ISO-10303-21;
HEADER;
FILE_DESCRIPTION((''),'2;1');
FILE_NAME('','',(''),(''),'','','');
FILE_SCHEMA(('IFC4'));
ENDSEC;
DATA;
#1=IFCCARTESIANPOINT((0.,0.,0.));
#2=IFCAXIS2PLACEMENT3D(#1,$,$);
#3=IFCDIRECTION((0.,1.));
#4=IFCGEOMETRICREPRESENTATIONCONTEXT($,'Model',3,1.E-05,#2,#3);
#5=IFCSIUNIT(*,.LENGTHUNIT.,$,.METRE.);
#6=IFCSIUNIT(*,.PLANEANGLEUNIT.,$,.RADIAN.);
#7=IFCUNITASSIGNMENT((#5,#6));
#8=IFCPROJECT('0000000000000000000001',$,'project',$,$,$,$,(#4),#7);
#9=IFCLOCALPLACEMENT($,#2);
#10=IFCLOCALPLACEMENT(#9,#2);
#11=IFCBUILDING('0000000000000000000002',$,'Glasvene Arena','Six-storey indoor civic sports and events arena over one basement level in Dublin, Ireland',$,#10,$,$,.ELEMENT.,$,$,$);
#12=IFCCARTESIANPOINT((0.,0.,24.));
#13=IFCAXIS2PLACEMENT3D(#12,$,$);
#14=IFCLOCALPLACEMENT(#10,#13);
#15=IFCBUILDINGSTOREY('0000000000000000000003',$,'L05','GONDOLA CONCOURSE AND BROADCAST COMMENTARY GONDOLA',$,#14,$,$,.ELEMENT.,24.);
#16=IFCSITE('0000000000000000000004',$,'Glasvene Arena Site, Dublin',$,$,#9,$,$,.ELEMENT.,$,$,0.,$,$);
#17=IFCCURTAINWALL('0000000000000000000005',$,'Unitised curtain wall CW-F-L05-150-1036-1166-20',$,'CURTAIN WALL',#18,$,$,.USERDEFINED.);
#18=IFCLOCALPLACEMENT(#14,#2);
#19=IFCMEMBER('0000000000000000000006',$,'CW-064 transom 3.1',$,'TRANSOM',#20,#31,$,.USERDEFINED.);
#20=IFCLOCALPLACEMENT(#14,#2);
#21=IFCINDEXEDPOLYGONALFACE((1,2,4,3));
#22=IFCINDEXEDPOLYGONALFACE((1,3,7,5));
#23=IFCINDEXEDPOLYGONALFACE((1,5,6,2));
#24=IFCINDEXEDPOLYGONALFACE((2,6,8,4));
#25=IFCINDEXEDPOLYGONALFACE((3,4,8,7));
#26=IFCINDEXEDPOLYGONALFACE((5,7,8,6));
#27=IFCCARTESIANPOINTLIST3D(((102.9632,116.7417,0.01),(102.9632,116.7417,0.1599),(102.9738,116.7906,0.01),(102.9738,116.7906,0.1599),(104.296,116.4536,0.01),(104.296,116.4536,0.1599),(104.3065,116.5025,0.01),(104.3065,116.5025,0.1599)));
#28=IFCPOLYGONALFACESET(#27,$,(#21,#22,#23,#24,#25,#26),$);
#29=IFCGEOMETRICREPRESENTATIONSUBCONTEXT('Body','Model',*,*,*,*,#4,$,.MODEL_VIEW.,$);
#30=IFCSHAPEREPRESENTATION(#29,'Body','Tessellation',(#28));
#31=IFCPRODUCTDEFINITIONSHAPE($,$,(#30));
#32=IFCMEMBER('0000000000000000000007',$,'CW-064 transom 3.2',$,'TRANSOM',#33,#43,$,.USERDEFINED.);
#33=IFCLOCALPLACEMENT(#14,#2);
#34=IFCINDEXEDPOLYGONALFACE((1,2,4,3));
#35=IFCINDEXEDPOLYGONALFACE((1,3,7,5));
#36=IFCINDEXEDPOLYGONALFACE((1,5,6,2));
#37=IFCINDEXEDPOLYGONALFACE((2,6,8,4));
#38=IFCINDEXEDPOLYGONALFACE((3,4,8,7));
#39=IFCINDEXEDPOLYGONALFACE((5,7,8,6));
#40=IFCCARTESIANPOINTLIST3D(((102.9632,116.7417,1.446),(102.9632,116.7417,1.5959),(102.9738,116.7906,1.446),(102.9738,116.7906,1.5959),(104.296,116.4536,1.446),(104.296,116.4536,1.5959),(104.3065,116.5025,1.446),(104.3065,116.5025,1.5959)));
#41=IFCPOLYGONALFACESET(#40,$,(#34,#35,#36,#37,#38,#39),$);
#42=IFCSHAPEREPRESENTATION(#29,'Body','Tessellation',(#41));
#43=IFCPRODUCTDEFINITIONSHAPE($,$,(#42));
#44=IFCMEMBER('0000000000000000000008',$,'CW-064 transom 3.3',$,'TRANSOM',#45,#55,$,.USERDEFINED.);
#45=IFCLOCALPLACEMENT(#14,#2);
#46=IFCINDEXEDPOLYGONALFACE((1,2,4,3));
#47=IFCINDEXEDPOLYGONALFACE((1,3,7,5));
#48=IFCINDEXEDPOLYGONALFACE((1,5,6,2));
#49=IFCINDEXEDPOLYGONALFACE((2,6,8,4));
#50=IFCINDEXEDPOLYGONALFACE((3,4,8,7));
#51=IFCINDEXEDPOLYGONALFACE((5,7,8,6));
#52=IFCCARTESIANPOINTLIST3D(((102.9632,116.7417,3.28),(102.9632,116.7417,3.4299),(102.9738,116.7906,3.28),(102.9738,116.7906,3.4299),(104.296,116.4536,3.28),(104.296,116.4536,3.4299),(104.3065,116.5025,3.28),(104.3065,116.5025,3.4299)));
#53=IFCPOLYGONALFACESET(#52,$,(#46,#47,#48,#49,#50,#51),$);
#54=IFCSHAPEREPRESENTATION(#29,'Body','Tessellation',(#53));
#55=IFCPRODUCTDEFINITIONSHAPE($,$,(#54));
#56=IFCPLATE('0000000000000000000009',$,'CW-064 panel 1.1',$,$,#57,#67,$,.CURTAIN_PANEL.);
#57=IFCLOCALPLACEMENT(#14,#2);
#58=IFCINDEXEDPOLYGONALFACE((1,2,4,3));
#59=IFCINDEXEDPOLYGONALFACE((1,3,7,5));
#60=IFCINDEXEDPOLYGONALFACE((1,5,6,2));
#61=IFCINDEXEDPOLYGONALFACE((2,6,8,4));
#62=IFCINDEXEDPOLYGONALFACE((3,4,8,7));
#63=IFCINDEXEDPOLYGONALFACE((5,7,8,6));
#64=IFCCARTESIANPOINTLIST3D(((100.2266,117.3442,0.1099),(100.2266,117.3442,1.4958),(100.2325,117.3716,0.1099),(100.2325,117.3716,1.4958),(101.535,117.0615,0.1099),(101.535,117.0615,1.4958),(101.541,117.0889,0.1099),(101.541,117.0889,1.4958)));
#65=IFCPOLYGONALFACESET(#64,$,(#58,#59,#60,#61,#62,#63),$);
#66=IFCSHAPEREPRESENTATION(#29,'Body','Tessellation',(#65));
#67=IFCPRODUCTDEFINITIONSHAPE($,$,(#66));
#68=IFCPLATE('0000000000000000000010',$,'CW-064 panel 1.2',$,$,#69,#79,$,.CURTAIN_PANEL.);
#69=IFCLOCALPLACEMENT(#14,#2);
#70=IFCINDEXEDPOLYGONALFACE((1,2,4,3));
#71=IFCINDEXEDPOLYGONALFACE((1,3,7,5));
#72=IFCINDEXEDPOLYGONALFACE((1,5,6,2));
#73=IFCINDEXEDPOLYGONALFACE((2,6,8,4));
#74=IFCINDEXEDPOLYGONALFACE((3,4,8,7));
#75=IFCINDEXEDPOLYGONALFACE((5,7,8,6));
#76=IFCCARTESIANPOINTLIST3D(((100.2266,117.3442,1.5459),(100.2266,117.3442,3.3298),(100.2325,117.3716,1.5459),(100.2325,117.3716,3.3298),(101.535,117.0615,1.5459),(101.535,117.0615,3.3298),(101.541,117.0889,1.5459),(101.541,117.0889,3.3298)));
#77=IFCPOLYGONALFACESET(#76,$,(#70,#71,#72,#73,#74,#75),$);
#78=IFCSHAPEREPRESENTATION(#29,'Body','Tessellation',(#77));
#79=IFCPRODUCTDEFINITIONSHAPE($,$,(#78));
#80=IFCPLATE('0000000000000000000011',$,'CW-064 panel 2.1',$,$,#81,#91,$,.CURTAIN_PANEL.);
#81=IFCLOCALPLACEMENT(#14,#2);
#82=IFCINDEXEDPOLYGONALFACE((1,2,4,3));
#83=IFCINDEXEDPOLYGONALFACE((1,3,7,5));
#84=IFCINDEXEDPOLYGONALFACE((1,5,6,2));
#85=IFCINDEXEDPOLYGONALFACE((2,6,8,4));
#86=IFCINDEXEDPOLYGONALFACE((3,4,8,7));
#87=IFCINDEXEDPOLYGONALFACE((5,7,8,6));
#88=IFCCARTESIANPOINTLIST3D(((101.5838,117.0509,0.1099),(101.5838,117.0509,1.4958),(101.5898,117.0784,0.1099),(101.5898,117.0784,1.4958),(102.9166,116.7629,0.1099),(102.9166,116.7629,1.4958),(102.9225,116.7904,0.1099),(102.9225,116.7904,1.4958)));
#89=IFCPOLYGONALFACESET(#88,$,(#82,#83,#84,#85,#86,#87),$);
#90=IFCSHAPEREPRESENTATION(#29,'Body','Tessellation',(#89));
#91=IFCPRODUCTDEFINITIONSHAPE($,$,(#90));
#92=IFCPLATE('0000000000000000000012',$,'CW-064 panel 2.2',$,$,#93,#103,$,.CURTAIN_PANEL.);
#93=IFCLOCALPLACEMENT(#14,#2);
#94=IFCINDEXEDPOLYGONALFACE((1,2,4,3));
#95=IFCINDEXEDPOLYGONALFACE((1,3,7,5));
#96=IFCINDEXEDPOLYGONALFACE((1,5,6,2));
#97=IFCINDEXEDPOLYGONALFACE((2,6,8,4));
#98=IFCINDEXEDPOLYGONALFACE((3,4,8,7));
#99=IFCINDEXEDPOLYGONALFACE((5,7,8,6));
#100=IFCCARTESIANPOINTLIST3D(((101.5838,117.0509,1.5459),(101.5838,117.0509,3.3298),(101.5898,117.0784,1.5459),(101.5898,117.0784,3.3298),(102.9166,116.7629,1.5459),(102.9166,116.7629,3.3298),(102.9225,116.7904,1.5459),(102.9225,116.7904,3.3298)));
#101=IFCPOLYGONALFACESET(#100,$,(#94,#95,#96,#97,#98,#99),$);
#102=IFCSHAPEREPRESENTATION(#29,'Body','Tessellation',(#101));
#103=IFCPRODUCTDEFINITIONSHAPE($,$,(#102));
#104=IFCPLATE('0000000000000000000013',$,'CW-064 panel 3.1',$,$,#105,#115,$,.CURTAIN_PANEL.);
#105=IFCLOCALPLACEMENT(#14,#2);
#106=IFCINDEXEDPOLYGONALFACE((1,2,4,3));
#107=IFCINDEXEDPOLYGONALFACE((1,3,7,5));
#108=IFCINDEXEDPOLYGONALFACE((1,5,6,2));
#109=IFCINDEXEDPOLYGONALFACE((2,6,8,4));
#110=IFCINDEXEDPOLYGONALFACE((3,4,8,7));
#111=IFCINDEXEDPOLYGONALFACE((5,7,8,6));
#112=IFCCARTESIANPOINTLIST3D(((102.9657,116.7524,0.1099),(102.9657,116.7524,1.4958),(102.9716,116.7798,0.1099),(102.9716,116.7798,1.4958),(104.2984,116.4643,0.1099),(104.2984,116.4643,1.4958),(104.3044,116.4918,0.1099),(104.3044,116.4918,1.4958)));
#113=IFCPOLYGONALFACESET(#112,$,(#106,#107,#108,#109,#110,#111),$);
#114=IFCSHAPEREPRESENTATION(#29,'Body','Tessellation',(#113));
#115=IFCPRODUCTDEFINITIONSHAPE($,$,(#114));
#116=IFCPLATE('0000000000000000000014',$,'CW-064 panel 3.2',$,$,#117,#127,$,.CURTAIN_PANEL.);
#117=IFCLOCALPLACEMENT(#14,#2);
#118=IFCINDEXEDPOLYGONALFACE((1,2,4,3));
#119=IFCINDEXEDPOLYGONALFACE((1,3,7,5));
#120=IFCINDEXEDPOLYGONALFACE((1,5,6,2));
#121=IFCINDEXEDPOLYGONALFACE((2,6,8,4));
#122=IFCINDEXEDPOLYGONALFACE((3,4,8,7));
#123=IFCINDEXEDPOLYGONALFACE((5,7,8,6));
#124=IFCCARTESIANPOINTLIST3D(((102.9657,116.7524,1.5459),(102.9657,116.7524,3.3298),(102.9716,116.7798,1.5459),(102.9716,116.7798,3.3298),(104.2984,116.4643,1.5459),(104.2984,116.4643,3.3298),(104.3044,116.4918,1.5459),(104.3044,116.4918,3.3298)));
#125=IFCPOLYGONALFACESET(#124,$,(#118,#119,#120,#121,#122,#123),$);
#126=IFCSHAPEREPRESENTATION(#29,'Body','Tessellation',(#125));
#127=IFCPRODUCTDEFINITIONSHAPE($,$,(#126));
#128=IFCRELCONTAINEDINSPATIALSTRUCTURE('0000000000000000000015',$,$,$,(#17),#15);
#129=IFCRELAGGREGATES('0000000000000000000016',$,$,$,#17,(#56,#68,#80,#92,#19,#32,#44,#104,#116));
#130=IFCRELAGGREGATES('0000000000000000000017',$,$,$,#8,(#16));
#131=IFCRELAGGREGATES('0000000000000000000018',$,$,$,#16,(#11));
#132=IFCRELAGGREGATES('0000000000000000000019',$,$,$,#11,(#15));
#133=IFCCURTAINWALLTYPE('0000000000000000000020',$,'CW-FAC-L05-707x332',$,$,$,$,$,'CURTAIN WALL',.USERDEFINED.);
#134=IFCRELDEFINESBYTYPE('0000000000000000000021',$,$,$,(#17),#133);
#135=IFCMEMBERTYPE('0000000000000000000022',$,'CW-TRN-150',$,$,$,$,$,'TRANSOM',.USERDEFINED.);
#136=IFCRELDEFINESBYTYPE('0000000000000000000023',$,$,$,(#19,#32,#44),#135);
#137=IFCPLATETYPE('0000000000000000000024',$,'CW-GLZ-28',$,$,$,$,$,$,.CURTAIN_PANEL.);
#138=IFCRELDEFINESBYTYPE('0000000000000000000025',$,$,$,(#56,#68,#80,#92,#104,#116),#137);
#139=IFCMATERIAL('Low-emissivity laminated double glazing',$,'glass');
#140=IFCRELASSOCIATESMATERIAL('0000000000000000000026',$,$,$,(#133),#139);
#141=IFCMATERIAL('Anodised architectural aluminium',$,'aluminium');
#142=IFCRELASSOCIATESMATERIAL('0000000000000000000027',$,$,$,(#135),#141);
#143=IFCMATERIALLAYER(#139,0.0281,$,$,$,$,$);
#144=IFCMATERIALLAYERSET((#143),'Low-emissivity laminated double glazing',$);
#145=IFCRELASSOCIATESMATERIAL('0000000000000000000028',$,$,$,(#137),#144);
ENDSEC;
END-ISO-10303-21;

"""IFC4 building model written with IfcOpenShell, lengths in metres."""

from ifc_helpers import new_model, si_unit, direction, frame, origin, origin_2d, place, context, subcontext, project, spatial, rectangle, extrude, material, layer, layer_set, material_profile, profile_set, type_object, element, aggregate, save


model = new_model("IFC4")

# Units and contexts
model_context = context("Model", 3, precision=1e-05, world=origin(), true_north=direction((0.0, 1.0)))
body_context = subcontext(model_context, "Body", "Model", "MODEL_VIEW")
ifc_project = project(units=[si_unit("LENGTHUNIT", "METRE"), si_unit("PLANEANGLEUNIT", "RADIAN")], contexts=[model_context])

# Site, building, storey
site_placement = place(None, origin())
site = spatial("IfcSite", under=ifc_project, at=site_placement, Name="Glasvene Arena Site, Dublin", CompositionType="ELEMENT", RefElevation=0.0)
building_placement = place(site_placement, origin())
building = spatial("IfcBuilding", under=site, at=building_placement, Name="Glasvene Arena", Description="Six-storey indoor civic sports and events arena over one basement level in Dublin, Ireland", CompositionType="ELEMENT")
storey_placement = place(building_placement, frame((0.0, 0.0, 24.0)))
storey = spatial("IfcBuildingStorey", under=building, at=storey_placement, Name="L05", Description="GONDOLA CONCOURSE AND BROADCAST COMMENTARY GONDOLA", CompositionType="ELEMENT", Elevation=24.0)

# Shared definitions
ifc_material_1 = material(Name="Low-emissivity laminated double glazing", Category="glass")
ifc_material_2 = material(Name="Anodised architectural aluminium", Category="aluminium")

# Curtain wall, members, plates
curtain_wall_type_1 = type_object("IfcCurtainWallType", Name="CW-FAC-L05-707x332", ElementType="CURTAIN WALL", PredefinedType="USERDEFINED", material=ifc_material_1)
curtain_wall_1_placement = place(storey_placement, frame((100.1807, 117.3684, 0.0)))
curtain_wall_1 = element("IfcCurtainWall", 1, at=curtain_wall_1_placement, inside=storey, type_object=curtain_wall_type_1, Name="Unitised curtain wall CW-F-L05-150-1036-1166-20", ObjectType="CURTAIN WALL", PredefinedType="USERDEFINED")
ifc_material_profile_1 = material_profile(ifc_material_2, rectangle(XDim=0.05, YDim=0.1499, at=origin_2d()), Name="ALU TRANSOM 50x150")
ifc_profile_set_1 = profile_set([ifc_material_profile_1], Name="Anodised architectural aluminium")
member_type_1 = type_object("IfcMemberType", Name="CW-TRN-150", ElementType="TRANSOM", PredefinedType="USERDEFINED", material=ifc_profile_set_1)
member_1_placement = place(storey_placement, frame((102.9685, 116.7661, 0.085), z_axis=(0.977426, -0.211277, 0.0), x_axis=(0.211277, 0.977426, 0.0)))
member_1 = element("IfcMember", 2, at=member_1_placement, type_object=member_type_1, Name="CW-064 transom 3.1", ObjectType="TRANSOM", PredefinedType="USERDEFINED", context=body_context, shape_type="SweptSolid", body=[
    extrude(rectangle(XDim=0.05, YDim=0.1499, at=origin_2d()), origin(), (0.0, 0.0, 1.0), 1.3635),
])
member_2_placement = place(storey_placement, frame((102.9685, 116.7661, 1.521), z_axis=(0.977426, -0.211277, 0.0), x_axis=(0.211277, 0.977426, 0.0)))
member_2 = element("IfcMember", 3, at=member_2_placement, type_object=member_type_1, Name="CW-064 transom 3.2", ObjectType="TRANSOM", PredefinedType="USERDEFINED", context=body_context, shape_type="SweptSolid", body=[
    extrude(rectangle(XDim=0.05, YDim=0.1499, at=origin_2d()), origin(), (0.0, 0.0, 1.0), 1.3635),
])
member_3_placement = place(storey_placement, frame((102.9685, 116.7661, 3.355), z_axis=(0.977426, -0.211277, 0.0), x_axis=(0.211277, 0.977426, 0.0)))
member_3 = element("IfcMember", 4, at=member_3_placement, type_object=member_type_1, Name="CW-064 transom 3.3", ObjectType="TRANSOM", PredefinedType="USERDEFINED", context=body_context, shape_type="SweptSolid", body=[
    extrude(rectangle(XDim=0.05, YDim=0.1499, at=origin_2d()), origin(), (0.0, 0.0, 1.0), 1.3635),
])
ifc_layer_1 = layer(ifc_material_1, 0.0281)
ifc_layer_set_1 = layer_set([ifc_layer_1], Name="Low-emissivity laminated double glazing")
plate_type = type_object("IfcPlateType", Name="CW-GLZ-28", PredefinedType="CURTAIN_PANEL", material=ifc_layer_set_1)
plate_1_placement = place(storey_placement, frame((100.8838, 117.2166, 0.1099), z_axis=(0.0, 0.0, 1.0), x_axis=(0.977438, -0.211221, 0.0)))
plate_1 = element("IfcPlate", 5, at=plate_1_placement, type_object=plate_type, Name="CW-064 panel 1.1", PredefinedType="CURTAIN_PANEL", context=body_context, shape_type="SweptSolid", body=[
    extrude(rectangle(XDim=1.3386, YDim=0.0281, at=origin_2d()), origin(), (0.0, 0.0, 1.0), 1.386),
])
plate_2_placement = place(storey_placement, frame((100.8838, 117.2166, 1.5459), z_axis=(0.0, 0.0, 1.0), x_axis=(0.977438, -0.211221, 0.0)))
plate_2 = element("IfcPlate", 6, at=plate_2_placement, type_object=plate_type, Name="CW-064 panel 1.2", PredefinedType="CURTAIN_PANEL", context=body_context, shape_type="SweptSolid", body=[
    extrude(rectangle(XDim=1.3386, YDim=0.0281, at=origin_2d()), origin(), (0.0, 0.0, 1.0), 1.7839),
])
plate_3_placement = place(storey_placement, frame((102.2532, 116.9207, 0.1099), z_axis=(0.0, 0.0, 1.0), x_axis=(0.977438, -0.211221, 0.0)))
plate_3 = element("IfcPlate", 7, at=plate_3_placement, type_object=plate_type, Name="CW-064 panel 2.1", PredefinedType="CURTAIN_PANEL", context=body_context, shape_type="SweptSolid", body=[
    extrude(rectangle(XDim=1.3635, YDim=0.0281, at=origin_2d()), origin(), (0.0, 0.0, 1.0), 1.386),
])
plate_4_placement = place(storey_placement, frame((102.2532, 116.9207, 1.5459), z_axis=(0.0, 0.0, 1.0), x_axis=(0.977438, -0.211221, 0.0)))
plate_4 = element("IfcPlate", 8, at=plate_4_placement, type_object=plate_type, Name="CW-064 panel 2.2", PredefinedType="CURTAIN_PANEL", context=body_context, shape_type="SweptSolid", body=[
    extrude(rectangle(XDim=1.3635, YDim=0.0281, at=origin_2d()), origin(), (0.0, 0.0, 1.0), 1.7839),
])
plate_5_placement = place(storey_placement, frame((103.635, 116.6221, 0.1099), z_axis=(0.0, 0.0, 1.0), x_axis=(0.977438, -0.211221, 0.0)))
plate_5 = element("IfcPlate", 9, at=plate_5_placement, type_object=plate_type, Name="CW-064 panel 3.1", PredefinedType="CURTAIN_PANEL", context=body_context, shape_type="SweptSolid", body=[
    extrude(rectangle(XDim=1.3635, YDim=0.0281, at=origin_2d()), origin(), (0.0, 0.0, 1.0), 1.386),
])
plate_6_placement = place(storey_placement, frame((103.635, 116.6221, 1.5459), z_axis=(0.0, 0.0, 1.0), x_axis=(0.977438, -0.211221, 0.0)))
plate_6 = element("IfcPlate", 10, at=plate_6_placement, type_object=plate_type, Name="CW-064 panel 3.2", PredefinedType="CURTAIN_PANEL", context=body_context, shape_type="SweptSolid", body=[
    extrude(rectangle(XDim=1.3635, YDim=0.0281, at=origin_2d()), origin(), (0.0, 0.0, 1.0), 1.7839),
])
aggregate(curtain_wall_1, [plate_1, plate_2, plate_3, plate_4, member_1, member_2, member_3, plate_5, plate_6])

save(model, "model.ifc")
